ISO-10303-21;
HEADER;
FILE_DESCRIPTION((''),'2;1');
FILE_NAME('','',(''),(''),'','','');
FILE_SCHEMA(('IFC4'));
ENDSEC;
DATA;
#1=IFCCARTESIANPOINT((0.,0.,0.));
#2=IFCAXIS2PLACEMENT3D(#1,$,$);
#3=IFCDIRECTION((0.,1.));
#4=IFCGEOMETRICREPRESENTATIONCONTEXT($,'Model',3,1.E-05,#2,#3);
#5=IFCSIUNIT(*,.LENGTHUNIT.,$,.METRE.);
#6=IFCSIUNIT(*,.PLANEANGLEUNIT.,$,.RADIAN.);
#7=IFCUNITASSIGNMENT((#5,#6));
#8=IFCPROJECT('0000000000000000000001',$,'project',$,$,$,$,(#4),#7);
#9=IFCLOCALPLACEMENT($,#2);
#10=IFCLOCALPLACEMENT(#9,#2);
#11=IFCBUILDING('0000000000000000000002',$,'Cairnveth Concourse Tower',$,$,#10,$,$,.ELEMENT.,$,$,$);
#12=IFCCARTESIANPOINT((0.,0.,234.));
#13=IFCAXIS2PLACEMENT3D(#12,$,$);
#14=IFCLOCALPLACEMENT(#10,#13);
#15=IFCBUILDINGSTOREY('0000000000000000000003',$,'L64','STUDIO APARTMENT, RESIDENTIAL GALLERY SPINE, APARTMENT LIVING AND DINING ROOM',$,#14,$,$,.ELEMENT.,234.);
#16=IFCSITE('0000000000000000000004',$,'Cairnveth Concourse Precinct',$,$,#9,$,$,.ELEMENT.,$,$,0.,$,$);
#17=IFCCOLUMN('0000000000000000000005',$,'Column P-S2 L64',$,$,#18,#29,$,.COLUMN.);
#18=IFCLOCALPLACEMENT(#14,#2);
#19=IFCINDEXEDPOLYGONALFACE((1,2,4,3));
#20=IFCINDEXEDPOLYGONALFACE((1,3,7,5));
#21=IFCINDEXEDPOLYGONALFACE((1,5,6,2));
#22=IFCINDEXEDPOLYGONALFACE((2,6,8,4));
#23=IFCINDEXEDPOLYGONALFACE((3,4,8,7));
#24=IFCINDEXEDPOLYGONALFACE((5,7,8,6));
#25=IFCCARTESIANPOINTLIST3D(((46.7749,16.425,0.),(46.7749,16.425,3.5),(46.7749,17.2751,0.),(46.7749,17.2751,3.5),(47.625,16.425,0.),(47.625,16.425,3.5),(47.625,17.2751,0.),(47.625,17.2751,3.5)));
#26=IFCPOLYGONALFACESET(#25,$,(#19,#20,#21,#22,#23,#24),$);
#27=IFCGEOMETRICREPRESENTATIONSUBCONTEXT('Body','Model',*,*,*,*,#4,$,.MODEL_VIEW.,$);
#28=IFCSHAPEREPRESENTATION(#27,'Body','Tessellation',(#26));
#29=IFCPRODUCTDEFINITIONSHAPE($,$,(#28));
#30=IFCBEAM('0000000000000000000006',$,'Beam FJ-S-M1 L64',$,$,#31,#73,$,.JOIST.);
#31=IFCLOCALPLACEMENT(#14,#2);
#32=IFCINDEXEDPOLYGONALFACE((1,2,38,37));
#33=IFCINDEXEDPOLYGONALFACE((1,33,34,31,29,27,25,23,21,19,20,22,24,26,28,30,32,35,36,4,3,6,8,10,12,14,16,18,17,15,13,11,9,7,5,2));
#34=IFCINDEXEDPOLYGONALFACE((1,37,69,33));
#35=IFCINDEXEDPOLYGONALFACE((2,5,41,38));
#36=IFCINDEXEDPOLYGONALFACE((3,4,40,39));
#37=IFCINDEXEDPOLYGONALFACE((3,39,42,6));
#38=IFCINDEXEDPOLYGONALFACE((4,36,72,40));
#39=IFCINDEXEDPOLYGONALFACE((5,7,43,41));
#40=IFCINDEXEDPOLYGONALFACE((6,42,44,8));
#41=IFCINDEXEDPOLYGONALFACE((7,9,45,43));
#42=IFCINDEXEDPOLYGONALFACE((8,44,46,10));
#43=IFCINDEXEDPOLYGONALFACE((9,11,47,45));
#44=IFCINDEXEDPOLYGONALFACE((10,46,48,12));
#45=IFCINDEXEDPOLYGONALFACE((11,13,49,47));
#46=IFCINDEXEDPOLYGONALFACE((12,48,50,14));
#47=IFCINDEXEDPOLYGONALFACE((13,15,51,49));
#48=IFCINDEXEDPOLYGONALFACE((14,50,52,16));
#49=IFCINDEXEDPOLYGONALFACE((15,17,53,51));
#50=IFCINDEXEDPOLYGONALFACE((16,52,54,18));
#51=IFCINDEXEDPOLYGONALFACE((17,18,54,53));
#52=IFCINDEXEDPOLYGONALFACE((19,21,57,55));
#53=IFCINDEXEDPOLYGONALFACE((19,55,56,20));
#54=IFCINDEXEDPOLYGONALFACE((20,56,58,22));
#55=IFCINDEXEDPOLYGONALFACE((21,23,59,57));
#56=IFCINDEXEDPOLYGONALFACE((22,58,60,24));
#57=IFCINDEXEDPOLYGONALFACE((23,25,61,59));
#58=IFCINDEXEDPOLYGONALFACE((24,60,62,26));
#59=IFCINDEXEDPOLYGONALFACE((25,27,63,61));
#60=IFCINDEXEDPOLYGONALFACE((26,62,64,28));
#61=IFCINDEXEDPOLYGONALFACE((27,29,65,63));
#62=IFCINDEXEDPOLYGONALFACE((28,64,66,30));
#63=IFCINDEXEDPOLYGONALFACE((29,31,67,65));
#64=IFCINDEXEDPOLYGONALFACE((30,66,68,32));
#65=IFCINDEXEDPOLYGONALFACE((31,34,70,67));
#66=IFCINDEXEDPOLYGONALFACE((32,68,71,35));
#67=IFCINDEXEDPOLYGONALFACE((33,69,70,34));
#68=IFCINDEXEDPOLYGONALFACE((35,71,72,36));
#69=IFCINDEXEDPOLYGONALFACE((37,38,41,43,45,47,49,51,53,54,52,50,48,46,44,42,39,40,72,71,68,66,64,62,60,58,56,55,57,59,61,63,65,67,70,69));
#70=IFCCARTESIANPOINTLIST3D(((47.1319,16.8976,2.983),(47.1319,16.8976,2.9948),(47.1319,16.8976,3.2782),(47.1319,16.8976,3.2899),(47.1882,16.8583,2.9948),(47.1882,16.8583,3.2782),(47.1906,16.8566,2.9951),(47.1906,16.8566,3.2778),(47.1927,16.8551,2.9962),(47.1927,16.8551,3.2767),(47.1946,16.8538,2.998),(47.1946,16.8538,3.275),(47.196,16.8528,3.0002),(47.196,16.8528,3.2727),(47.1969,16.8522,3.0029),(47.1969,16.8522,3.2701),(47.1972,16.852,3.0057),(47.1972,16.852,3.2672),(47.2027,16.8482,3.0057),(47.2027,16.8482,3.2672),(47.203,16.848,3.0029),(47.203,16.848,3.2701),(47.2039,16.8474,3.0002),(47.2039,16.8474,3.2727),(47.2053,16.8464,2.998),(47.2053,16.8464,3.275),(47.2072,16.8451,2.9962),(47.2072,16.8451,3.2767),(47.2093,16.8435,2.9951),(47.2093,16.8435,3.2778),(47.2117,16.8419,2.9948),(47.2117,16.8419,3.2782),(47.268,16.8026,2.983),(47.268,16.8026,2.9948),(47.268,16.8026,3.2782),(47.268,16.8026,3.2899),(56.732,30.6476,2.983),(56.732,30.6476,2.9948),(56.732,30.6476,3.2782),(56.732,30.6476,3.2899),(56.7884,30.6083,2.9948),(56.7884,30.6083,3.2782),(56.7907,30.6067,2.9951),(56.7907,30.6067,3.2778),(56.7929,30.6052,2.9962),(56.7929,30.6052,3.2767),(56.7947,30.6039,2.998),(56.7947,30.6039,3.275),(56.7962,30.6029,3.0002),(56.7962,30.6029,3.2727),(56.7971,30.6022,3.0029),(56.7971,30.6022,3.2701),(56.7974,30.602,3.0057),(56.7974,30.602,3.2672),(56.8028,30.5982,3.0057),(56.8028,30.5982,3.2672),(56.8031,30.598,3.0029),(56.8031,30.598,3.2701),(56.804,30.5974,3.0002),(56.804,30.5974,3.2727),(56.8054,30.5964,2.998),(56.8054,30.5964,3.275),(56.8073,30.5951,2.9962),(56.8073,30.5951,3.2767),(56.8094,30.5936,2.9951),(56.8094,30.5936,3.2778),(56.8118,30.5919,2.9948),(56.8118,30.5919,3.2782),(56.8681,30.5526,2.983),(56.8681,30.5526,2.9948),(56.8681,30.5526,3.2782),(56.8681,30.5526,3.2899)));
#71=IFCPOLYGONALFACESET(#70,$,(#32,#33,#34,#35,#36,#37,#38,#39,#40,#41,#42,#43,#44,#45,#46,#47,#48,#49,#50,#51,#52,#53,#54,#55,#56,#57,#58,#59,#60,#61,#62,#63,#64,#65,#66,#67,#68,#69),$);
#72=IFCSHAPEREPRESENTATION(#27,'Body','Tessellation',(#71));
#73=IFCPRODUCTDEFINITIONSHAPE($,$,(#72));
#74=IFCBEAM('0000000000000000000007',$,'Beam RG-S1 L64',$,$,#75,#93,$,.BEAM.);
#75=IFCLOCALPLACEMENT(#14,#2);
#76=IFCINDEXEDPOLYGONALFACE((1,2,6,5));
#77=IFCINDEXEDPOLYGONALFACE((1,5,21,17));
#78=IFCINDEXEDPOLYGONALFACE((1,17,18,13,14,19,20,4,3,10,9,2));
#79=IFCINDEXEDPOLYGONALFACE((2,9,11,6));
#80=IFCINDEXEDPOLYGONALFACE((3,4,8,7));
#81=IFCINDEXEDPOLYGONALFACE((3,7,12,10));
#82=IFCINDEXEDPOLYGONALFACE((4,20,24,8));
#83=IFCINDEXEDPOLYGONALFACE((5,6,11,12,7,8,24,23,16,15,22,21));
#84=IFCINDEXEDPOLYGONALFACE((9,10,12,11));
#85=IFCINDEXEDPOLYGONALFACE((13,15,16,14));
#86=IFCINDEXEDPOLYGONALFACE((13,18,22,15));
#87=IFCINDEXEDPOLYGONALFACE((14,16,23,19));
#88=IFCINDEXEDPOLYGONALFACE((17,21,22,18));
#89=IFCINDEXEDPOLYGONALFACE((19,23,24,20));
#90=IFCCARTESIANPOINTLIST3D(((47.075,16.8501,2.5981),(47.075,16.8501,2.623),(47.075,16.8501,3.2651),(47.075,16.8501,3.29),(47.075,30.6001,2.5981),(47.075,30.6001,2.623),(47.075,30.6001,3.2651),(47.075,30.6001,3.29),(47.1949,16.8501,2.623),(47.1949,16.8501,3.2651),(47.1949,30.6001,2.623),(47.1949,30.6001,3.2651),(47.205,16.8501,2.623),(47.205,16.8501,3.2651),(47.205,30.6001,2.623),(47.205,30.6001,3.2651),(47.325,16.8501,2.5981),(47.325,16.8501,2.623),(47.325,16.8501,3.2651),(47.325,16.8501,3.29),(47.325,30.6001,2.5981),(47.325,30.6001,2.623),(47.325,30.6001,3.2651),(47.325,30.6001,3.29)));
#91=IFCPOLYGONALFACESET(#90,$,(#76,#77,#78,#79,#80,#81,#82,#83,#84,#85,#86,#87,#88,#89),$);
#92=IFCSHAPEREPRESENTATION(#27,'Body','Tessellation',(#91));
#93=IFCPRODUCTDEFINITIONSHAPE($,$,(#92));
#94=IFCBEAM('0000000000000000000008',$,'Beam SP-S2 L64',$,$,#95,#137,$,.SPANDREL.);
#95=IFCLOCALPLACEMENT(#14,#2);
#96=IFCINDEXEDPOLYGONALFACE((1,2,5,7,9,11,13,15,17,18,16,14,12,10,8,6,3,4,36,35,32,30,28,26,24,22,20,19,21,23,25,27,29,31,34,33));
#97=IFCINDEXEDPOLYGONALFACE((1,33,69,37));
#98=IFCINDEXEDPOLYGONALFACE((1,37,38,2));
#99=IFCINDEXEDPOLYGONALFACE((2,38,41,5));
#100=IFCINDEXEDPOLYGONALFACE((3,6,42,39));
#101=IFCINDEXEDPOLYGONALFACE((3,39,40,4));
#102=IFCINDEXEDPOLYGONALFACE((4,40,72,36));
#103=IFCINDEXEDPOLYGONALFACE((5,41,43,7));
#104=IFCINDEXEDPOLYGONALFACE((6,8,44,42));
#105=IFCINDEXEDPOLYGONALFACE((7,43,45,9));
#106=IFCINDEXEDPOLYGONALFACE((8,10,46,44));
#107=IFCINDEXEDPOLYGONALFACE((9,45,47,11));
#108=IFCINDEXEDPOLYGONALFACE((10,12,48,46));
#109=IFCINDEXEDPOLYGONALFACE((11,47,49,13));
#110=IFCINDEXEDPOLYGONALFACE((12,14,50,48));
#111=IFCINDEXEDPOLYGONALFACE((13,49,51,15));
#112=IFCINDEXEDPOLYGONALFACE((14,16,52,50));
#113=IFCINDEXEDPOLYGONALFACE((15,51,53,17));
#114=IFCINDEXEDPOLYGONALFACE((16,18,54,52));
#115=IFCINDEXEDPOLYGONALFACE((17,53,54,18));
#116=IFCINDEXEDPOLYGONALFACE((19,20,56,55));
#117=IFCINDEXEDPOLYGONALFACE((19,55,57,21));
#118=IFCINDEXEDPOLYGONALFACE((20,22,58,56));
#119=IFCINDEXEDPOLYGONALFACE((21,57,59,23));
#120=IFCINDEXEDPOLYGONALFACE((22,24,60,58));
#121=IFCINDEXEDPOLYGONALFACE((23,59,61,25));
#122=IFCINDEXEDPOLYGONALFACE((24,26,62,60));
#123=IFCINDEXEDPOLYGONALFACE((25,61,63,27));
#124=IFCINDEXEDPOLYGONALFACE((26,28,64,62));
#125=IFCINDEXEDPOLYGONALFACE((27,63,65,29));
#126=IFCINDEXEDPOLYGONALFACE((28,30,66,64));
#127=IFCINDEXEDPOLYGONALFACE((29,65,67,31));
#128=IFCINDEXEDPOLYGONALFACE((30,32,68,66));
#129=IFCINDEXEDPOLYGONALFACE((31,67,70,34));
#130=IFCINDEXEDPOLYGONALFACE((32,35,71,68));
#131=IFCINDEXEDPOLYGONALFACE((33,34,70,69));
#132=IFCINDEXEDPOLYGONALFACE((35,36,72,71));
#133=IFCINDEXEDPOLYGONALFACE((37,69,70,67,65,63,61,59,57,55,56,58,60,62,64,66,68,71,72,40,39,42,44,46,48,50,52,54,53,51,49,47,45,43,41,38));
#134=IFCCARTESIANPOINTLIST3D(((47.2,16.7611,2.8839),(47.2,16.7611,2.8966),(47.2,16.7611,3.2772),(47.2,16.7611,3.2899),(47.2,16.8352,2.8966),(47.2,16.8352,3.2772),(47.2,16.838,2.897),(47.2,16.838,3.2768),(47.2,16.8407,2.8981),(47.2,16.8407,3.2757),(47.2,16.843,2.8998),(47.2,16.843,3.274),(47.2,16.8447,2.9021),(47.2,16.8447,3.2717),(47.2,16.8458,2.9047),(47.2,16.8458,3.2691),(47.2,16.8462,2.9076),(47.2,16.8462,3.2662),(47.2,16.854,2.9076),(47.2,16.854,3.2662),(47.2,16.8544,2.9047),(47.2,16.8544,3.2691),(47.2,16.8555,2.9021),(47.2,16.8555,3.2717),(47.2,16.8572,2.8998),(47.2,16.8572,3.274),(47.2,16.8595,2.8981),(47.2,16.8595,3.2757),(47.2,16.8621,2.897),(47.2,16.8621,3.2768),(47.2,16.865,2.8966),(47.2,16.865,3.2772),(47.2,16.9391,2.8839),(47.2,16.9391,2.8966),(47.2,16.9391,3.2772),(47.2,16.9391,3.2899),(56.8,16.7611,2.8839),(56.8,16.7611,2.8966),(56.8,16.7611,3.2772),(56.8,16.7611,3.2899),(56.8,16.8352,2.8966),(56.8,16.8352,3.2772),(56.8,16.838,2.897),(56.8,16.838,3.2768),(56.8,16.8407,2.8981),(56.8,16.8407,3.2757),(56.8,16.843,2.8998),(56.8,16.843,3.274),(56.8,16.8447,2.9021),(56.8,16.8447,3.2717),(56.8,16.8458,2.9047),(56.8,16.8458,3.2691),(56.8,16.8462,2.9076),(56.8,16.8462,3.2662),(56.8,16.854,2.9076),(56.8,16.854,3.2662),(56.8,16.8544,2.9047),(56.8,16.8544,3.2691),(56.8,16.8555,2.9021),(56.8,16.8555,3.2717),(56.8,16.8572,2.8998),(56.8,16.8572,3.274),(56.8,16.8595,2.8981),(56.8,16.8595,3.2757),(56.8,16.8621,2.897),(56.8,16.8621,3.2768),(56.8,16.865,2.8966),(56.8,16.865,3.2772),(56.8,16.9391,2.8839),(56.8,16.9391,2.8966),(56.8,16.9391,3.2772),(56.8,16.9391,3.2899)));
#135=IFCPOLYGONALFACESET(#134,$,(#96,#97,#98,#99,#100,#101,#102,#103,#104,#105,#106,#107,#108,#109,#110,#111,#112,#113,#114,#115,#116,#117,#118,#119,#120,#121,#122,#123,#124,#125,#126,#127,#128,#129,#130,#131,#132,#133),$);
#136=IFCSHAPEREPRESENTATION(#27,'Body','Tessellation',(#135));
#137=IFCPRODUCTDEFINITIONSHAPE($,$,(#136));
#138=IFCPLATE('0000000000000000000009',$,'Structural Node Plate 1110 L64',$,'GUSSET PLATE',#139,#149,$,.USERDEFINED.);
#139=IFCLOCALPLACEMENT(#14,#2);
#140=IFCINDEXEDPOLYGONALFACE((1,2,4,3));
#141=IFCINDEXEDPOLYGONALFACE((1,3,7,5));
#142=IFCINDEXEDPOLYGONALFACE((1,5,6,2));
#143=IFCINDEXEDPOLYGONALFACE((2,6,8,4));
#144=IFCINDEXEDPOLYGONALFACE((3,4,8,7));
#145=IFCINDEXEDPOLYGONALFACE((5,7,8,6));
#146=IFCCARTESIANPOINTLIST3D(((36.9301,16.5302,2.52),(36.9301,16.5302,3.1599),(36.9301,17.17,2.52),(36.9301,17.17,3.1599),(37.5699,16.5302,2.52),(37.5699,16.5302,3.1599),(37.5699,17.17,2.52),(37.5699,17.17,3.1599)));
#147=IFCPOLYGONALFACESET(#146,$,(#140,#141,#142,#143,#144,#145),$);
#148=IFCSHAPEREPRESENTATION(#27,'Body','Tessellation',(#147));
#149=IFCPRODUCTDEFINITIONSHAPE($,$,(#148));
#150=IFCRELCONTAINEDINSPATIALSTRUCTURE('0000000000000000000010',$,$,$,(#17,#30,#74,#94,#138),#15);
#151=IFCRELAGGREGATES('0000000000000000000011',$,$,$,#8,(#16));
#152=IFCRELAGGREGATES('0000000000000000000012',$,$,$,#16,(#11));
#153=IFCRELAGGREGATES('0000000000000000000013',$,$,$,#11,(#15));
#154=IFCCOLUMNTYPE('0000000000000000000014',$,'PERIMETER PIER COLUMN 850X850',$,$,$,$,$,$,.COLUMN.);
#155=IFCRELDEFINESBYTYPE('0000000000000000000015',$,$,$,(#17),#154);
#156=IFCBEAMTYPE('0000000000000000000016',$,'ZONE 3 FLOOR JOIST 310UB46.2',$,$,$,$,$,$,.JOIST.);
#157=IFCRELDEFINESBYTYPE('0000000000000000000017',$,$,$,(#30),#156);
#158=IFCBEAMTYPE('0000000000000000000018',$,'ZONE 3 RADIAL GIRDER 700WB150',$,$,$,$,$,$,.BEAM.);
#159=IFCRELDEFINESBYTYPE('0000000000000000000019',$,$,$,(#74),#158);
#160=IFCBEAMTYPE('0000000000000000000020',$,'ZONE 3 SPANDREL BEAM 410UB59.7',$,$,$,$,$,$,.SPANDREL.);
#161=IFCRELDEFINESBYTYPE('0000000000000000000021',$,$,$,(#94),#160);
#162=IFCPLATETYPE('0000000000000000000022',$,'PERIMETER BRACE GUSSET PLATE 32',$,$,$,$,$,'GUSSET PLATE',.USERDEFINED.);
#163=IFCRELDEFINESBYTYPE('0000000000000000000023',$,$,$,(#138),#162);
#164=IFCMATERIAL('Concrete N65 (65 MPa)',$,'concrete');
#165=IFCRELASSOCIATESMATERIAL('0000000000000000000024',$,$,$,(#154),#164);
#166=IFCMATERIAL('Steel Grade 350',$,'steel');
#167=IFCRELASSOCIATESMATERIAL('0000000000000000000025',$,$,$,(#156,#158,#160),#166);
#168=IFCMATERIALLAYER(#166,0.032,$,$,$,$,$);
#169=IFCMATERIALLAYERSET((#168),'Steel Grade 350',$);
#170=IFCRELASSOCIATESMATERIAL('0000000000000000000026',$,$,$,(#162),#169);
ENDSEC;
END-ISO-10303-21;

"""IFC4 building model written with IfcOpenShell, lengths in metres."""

from ifc_helpers import new_model, si_unit, direction, frame, origin, origin_2d, place, context, subcontext, project, spatial, rectangle, i_section, extrude, material, layer, layer_set, material_profile, profile_set, type_object, element, save


model = new_model("IFC4")

# Units and contexts
model_context = context("Model", 3, precision=1e-05, world=origin(), true_north=direction((0.0, 1.0)))
body_context = subcontext(model_context, "Body", "Model", "MODEL_VIEW")
ifc_project = project(units=[si_unit("LENGTHUNIT", "METRE"), si_unit("PLANEANGLEUNIT", "RADIAN")], contexts=[model_context])

# Site, building, storey
site_placement = place(None, origin())
site = spatial("IfcSite", under=ifc_project, at=site_placement, Name="Cairnveth Concourse Precinct", CompositionType="ELEMENT", RefElevation=0.0)
building_placement = place(site_placement, origin())
building = spatial("IfcBuilding", under=site, at=building_placement, Name="Cairnveth Concourse Tower", CompositionType="ELEMENT")
storey_placement = place(building_placement, frame((0.0, 0.0, 234.0)))
storey = spatial("IfcBuildingStorey", under=building, at=storey_placement, Name="L64", Description="STUDIO APARTMENT, RESIDENTIAL GALLERY SPINE, APARTMENT LIVING AND DINING ROOM", CompositionType="ELEMENT", Elevation=234.0)

# Column
ifc_material_1 = material(Name="Concrete N65 (65 MPa)", Category="concrete")
ifc_material_profile_1 = material_profile(ifc_material_1, rectangle(XDim=0.8501, YDim=0.8501, at=origin_2d()), Name="RC-COL-850x850")
ifc_profile_set_1 = profile_set([ifc_material_profile_1], Name="Concrete N65 (65 MPa)")
column_type = type_object("IfcColumnType", Name="PERIMETER PIER COLUMN 850X850", PredefinedType="COLUMN", material=ifc_profile_set_1)
column_placement = place(storey_placement, frame((47.2, 16.8501, 0.0), z_axis=(0.0, 0.0, 1.0), x_axis=(1.0, 0.0, 0.0)))
element("IfcColumn", 1, at=column_placement, inside=storey, type_object=column_type, Name="Column P-S2 L64", PredefinedType="COLUMN", context=body_context, shape_type="SweptSolid", body=[
    extrude(rectangle(XDim=0.8501, YDim=0.8501, at=origin_2d()), origin(), (0.0, 0.0, 1.0), 3.5),
])

# Beams
ifc_material_2 = material(Name="Steel Grade 350", Category="steel")
ifc_material_profile_2 = material_profile(ifc_material_2, i_section(OverallWidth=0.166, OverallDepth=0.3069, WebThickness=0.0066, FlangeThickness=0.0117, FilletRadius=0.011, at=origin_2d()), Name="310UB46.2")
ifc_profile_set_2 = profile_set([ifc_material_profile_2], Name="Steel Grade 350")
beam_type_1 = type_object("IfcBeamType", Name="ZONE 3 FLOOR JOIST 310UB46.2", PredefinedType="JOIST", material=ifc_profile_set_2)
beam_1_placement = place(storey_placement, frame((47.2, 16.8501, 3.1365), z_axis=(0.572465, 0.819929, 0.0), x_axis=(-0.819929, 0.572465, 0.0)))
element("IfcBeam", 2, at=beam_1_placement, inside=storey, type_object=beam_type_1, Name="Beam FJ-S-M1 L64", PredefinedType="JOIST", context=body_context, shape_type="SweptSolid", body=[
    extrude(i_section(OverallWidth=0.166, OverallDepth=0.3069, WebThickness=0.0066, FlangeThickness=0.0117, FilletRadius=0.011, at=origin_2d()), origin(), (0.0, 0.0, 1.0), 16.7698),
])
ifc_material_profile_3 = material_profile(ifc_material_2, i_section(OverallWidth=0.25, OverallDepth=0.6919, WebThickness=0.01, FlangeThickness=0.0249, at=origin_2d()), Name="700WB150")
ifc_profile_set_3 = profile_set([ifc_material_profile_3], Name="Steel Grade 350")
beam_type_2 = type_object("IfcBeamType", Name="ZONE 3 RADIAL GIRDER 700WB150", PredefinedType="BEAM", material=ifc_profile_set_3)
beam_2_placement = place(storey_placement, frame((47.2, 16.8501, 2.9441), z_axis=(0.0, 1.0, 0.0), x_axis=(-1.0, 0.0, 0.0)))
element("IfcBeam", 3, at=beam_2_placement, inside=storey, type_object=beam_type_2, Name="Beam RG-S1 L64", PredefinedType="BEAM", context=body_context, shape_type="SweptSolid", body=[
    extrude(i_section(OverallWidth=0.25, OverallDepth=0.6919, WebThickness=0.01, FlangeThickness=0.0249, at=origin_2d()), origin(), (0.0, 0.0, 1.0), 13.75),
])
ifc_material_profile_4 = material_profile(ifc_material_2, i_section(OverallWidth=0.178, OverallDepth=0.406, WebThickness=0.0078, FlangeThickness=0.0127, FilletRadius=0.011, at=origin_2d()), Name="410UB59.7")
ifc_profile_set_4 = profile_set([ifc_material_profile_4], Name="Steel Grade 350")
beam_type_3 = type_object("IfcBeamType", Name="ZONE 3 SPANDREL BEAM 410UB59.7", PredefinedType="SPANDREL", material=ifc_profile_set_4)
beam_3_placement = place(storey_placement, frame((47.2, 16.8501, 3.0869), z_axis=(1.0, 0.0, 0.0), x_axis=(0.0, 1.0, 0.0)))
element("IfcBeam", 4, at=beam_3_placement, inside=storey, type_object=beam_type_3, Name="Beam SP-S2 L64", PredefinedType="SPANDREL", context=body_context, shape_type="SweptSolid", body=[
    extrude(i_section(OverallWidth=0.178, OverallDepth=0.406, WebThickness=0.0078, FlangeThickness=0.0127, FilletRadius=0.011, at=origin_2d()), origin(), (0.0, 0.0, 1.0), 9.6001),
])

# Plate
ifc_layer_1 = layer(ifc_material_2, 0.032)
ifc_layer_set_1 = layer_set([ifc_layer_1], Name="Steel Grade 350")
plate_type = type_object("IfcPlateType", Name="PERIMETER BRACE GUSSET PLATE 32", ElementType="GUSSET PLATE", PredefinedType="USERDEFINED", material=ifc_layer_set_1)
plate_placement = place(storey_placement, frame((37.25, 16.8501, 2.52), z_axis=(0.0, 0.0, 1.0), x_axis=(1.0, 0.0, 0.0)))
element("IfcPlate", 5, at=plate_placement, inside=storey, type_object=plate_type, Name="Structural Node Plate 1110 L64", ObjectType="GUSSET PLATE", PredefinedType="USERDEFINED", context=body_context, shape_type="SweptSolid", body=[
    extrude(rectangle(XDim=0.6399, YDim=0.6399, at=origin_2d()), origin(), (0.0, 0.0, 1.0), 0.6399),
])

save(model, "model.ifc")
